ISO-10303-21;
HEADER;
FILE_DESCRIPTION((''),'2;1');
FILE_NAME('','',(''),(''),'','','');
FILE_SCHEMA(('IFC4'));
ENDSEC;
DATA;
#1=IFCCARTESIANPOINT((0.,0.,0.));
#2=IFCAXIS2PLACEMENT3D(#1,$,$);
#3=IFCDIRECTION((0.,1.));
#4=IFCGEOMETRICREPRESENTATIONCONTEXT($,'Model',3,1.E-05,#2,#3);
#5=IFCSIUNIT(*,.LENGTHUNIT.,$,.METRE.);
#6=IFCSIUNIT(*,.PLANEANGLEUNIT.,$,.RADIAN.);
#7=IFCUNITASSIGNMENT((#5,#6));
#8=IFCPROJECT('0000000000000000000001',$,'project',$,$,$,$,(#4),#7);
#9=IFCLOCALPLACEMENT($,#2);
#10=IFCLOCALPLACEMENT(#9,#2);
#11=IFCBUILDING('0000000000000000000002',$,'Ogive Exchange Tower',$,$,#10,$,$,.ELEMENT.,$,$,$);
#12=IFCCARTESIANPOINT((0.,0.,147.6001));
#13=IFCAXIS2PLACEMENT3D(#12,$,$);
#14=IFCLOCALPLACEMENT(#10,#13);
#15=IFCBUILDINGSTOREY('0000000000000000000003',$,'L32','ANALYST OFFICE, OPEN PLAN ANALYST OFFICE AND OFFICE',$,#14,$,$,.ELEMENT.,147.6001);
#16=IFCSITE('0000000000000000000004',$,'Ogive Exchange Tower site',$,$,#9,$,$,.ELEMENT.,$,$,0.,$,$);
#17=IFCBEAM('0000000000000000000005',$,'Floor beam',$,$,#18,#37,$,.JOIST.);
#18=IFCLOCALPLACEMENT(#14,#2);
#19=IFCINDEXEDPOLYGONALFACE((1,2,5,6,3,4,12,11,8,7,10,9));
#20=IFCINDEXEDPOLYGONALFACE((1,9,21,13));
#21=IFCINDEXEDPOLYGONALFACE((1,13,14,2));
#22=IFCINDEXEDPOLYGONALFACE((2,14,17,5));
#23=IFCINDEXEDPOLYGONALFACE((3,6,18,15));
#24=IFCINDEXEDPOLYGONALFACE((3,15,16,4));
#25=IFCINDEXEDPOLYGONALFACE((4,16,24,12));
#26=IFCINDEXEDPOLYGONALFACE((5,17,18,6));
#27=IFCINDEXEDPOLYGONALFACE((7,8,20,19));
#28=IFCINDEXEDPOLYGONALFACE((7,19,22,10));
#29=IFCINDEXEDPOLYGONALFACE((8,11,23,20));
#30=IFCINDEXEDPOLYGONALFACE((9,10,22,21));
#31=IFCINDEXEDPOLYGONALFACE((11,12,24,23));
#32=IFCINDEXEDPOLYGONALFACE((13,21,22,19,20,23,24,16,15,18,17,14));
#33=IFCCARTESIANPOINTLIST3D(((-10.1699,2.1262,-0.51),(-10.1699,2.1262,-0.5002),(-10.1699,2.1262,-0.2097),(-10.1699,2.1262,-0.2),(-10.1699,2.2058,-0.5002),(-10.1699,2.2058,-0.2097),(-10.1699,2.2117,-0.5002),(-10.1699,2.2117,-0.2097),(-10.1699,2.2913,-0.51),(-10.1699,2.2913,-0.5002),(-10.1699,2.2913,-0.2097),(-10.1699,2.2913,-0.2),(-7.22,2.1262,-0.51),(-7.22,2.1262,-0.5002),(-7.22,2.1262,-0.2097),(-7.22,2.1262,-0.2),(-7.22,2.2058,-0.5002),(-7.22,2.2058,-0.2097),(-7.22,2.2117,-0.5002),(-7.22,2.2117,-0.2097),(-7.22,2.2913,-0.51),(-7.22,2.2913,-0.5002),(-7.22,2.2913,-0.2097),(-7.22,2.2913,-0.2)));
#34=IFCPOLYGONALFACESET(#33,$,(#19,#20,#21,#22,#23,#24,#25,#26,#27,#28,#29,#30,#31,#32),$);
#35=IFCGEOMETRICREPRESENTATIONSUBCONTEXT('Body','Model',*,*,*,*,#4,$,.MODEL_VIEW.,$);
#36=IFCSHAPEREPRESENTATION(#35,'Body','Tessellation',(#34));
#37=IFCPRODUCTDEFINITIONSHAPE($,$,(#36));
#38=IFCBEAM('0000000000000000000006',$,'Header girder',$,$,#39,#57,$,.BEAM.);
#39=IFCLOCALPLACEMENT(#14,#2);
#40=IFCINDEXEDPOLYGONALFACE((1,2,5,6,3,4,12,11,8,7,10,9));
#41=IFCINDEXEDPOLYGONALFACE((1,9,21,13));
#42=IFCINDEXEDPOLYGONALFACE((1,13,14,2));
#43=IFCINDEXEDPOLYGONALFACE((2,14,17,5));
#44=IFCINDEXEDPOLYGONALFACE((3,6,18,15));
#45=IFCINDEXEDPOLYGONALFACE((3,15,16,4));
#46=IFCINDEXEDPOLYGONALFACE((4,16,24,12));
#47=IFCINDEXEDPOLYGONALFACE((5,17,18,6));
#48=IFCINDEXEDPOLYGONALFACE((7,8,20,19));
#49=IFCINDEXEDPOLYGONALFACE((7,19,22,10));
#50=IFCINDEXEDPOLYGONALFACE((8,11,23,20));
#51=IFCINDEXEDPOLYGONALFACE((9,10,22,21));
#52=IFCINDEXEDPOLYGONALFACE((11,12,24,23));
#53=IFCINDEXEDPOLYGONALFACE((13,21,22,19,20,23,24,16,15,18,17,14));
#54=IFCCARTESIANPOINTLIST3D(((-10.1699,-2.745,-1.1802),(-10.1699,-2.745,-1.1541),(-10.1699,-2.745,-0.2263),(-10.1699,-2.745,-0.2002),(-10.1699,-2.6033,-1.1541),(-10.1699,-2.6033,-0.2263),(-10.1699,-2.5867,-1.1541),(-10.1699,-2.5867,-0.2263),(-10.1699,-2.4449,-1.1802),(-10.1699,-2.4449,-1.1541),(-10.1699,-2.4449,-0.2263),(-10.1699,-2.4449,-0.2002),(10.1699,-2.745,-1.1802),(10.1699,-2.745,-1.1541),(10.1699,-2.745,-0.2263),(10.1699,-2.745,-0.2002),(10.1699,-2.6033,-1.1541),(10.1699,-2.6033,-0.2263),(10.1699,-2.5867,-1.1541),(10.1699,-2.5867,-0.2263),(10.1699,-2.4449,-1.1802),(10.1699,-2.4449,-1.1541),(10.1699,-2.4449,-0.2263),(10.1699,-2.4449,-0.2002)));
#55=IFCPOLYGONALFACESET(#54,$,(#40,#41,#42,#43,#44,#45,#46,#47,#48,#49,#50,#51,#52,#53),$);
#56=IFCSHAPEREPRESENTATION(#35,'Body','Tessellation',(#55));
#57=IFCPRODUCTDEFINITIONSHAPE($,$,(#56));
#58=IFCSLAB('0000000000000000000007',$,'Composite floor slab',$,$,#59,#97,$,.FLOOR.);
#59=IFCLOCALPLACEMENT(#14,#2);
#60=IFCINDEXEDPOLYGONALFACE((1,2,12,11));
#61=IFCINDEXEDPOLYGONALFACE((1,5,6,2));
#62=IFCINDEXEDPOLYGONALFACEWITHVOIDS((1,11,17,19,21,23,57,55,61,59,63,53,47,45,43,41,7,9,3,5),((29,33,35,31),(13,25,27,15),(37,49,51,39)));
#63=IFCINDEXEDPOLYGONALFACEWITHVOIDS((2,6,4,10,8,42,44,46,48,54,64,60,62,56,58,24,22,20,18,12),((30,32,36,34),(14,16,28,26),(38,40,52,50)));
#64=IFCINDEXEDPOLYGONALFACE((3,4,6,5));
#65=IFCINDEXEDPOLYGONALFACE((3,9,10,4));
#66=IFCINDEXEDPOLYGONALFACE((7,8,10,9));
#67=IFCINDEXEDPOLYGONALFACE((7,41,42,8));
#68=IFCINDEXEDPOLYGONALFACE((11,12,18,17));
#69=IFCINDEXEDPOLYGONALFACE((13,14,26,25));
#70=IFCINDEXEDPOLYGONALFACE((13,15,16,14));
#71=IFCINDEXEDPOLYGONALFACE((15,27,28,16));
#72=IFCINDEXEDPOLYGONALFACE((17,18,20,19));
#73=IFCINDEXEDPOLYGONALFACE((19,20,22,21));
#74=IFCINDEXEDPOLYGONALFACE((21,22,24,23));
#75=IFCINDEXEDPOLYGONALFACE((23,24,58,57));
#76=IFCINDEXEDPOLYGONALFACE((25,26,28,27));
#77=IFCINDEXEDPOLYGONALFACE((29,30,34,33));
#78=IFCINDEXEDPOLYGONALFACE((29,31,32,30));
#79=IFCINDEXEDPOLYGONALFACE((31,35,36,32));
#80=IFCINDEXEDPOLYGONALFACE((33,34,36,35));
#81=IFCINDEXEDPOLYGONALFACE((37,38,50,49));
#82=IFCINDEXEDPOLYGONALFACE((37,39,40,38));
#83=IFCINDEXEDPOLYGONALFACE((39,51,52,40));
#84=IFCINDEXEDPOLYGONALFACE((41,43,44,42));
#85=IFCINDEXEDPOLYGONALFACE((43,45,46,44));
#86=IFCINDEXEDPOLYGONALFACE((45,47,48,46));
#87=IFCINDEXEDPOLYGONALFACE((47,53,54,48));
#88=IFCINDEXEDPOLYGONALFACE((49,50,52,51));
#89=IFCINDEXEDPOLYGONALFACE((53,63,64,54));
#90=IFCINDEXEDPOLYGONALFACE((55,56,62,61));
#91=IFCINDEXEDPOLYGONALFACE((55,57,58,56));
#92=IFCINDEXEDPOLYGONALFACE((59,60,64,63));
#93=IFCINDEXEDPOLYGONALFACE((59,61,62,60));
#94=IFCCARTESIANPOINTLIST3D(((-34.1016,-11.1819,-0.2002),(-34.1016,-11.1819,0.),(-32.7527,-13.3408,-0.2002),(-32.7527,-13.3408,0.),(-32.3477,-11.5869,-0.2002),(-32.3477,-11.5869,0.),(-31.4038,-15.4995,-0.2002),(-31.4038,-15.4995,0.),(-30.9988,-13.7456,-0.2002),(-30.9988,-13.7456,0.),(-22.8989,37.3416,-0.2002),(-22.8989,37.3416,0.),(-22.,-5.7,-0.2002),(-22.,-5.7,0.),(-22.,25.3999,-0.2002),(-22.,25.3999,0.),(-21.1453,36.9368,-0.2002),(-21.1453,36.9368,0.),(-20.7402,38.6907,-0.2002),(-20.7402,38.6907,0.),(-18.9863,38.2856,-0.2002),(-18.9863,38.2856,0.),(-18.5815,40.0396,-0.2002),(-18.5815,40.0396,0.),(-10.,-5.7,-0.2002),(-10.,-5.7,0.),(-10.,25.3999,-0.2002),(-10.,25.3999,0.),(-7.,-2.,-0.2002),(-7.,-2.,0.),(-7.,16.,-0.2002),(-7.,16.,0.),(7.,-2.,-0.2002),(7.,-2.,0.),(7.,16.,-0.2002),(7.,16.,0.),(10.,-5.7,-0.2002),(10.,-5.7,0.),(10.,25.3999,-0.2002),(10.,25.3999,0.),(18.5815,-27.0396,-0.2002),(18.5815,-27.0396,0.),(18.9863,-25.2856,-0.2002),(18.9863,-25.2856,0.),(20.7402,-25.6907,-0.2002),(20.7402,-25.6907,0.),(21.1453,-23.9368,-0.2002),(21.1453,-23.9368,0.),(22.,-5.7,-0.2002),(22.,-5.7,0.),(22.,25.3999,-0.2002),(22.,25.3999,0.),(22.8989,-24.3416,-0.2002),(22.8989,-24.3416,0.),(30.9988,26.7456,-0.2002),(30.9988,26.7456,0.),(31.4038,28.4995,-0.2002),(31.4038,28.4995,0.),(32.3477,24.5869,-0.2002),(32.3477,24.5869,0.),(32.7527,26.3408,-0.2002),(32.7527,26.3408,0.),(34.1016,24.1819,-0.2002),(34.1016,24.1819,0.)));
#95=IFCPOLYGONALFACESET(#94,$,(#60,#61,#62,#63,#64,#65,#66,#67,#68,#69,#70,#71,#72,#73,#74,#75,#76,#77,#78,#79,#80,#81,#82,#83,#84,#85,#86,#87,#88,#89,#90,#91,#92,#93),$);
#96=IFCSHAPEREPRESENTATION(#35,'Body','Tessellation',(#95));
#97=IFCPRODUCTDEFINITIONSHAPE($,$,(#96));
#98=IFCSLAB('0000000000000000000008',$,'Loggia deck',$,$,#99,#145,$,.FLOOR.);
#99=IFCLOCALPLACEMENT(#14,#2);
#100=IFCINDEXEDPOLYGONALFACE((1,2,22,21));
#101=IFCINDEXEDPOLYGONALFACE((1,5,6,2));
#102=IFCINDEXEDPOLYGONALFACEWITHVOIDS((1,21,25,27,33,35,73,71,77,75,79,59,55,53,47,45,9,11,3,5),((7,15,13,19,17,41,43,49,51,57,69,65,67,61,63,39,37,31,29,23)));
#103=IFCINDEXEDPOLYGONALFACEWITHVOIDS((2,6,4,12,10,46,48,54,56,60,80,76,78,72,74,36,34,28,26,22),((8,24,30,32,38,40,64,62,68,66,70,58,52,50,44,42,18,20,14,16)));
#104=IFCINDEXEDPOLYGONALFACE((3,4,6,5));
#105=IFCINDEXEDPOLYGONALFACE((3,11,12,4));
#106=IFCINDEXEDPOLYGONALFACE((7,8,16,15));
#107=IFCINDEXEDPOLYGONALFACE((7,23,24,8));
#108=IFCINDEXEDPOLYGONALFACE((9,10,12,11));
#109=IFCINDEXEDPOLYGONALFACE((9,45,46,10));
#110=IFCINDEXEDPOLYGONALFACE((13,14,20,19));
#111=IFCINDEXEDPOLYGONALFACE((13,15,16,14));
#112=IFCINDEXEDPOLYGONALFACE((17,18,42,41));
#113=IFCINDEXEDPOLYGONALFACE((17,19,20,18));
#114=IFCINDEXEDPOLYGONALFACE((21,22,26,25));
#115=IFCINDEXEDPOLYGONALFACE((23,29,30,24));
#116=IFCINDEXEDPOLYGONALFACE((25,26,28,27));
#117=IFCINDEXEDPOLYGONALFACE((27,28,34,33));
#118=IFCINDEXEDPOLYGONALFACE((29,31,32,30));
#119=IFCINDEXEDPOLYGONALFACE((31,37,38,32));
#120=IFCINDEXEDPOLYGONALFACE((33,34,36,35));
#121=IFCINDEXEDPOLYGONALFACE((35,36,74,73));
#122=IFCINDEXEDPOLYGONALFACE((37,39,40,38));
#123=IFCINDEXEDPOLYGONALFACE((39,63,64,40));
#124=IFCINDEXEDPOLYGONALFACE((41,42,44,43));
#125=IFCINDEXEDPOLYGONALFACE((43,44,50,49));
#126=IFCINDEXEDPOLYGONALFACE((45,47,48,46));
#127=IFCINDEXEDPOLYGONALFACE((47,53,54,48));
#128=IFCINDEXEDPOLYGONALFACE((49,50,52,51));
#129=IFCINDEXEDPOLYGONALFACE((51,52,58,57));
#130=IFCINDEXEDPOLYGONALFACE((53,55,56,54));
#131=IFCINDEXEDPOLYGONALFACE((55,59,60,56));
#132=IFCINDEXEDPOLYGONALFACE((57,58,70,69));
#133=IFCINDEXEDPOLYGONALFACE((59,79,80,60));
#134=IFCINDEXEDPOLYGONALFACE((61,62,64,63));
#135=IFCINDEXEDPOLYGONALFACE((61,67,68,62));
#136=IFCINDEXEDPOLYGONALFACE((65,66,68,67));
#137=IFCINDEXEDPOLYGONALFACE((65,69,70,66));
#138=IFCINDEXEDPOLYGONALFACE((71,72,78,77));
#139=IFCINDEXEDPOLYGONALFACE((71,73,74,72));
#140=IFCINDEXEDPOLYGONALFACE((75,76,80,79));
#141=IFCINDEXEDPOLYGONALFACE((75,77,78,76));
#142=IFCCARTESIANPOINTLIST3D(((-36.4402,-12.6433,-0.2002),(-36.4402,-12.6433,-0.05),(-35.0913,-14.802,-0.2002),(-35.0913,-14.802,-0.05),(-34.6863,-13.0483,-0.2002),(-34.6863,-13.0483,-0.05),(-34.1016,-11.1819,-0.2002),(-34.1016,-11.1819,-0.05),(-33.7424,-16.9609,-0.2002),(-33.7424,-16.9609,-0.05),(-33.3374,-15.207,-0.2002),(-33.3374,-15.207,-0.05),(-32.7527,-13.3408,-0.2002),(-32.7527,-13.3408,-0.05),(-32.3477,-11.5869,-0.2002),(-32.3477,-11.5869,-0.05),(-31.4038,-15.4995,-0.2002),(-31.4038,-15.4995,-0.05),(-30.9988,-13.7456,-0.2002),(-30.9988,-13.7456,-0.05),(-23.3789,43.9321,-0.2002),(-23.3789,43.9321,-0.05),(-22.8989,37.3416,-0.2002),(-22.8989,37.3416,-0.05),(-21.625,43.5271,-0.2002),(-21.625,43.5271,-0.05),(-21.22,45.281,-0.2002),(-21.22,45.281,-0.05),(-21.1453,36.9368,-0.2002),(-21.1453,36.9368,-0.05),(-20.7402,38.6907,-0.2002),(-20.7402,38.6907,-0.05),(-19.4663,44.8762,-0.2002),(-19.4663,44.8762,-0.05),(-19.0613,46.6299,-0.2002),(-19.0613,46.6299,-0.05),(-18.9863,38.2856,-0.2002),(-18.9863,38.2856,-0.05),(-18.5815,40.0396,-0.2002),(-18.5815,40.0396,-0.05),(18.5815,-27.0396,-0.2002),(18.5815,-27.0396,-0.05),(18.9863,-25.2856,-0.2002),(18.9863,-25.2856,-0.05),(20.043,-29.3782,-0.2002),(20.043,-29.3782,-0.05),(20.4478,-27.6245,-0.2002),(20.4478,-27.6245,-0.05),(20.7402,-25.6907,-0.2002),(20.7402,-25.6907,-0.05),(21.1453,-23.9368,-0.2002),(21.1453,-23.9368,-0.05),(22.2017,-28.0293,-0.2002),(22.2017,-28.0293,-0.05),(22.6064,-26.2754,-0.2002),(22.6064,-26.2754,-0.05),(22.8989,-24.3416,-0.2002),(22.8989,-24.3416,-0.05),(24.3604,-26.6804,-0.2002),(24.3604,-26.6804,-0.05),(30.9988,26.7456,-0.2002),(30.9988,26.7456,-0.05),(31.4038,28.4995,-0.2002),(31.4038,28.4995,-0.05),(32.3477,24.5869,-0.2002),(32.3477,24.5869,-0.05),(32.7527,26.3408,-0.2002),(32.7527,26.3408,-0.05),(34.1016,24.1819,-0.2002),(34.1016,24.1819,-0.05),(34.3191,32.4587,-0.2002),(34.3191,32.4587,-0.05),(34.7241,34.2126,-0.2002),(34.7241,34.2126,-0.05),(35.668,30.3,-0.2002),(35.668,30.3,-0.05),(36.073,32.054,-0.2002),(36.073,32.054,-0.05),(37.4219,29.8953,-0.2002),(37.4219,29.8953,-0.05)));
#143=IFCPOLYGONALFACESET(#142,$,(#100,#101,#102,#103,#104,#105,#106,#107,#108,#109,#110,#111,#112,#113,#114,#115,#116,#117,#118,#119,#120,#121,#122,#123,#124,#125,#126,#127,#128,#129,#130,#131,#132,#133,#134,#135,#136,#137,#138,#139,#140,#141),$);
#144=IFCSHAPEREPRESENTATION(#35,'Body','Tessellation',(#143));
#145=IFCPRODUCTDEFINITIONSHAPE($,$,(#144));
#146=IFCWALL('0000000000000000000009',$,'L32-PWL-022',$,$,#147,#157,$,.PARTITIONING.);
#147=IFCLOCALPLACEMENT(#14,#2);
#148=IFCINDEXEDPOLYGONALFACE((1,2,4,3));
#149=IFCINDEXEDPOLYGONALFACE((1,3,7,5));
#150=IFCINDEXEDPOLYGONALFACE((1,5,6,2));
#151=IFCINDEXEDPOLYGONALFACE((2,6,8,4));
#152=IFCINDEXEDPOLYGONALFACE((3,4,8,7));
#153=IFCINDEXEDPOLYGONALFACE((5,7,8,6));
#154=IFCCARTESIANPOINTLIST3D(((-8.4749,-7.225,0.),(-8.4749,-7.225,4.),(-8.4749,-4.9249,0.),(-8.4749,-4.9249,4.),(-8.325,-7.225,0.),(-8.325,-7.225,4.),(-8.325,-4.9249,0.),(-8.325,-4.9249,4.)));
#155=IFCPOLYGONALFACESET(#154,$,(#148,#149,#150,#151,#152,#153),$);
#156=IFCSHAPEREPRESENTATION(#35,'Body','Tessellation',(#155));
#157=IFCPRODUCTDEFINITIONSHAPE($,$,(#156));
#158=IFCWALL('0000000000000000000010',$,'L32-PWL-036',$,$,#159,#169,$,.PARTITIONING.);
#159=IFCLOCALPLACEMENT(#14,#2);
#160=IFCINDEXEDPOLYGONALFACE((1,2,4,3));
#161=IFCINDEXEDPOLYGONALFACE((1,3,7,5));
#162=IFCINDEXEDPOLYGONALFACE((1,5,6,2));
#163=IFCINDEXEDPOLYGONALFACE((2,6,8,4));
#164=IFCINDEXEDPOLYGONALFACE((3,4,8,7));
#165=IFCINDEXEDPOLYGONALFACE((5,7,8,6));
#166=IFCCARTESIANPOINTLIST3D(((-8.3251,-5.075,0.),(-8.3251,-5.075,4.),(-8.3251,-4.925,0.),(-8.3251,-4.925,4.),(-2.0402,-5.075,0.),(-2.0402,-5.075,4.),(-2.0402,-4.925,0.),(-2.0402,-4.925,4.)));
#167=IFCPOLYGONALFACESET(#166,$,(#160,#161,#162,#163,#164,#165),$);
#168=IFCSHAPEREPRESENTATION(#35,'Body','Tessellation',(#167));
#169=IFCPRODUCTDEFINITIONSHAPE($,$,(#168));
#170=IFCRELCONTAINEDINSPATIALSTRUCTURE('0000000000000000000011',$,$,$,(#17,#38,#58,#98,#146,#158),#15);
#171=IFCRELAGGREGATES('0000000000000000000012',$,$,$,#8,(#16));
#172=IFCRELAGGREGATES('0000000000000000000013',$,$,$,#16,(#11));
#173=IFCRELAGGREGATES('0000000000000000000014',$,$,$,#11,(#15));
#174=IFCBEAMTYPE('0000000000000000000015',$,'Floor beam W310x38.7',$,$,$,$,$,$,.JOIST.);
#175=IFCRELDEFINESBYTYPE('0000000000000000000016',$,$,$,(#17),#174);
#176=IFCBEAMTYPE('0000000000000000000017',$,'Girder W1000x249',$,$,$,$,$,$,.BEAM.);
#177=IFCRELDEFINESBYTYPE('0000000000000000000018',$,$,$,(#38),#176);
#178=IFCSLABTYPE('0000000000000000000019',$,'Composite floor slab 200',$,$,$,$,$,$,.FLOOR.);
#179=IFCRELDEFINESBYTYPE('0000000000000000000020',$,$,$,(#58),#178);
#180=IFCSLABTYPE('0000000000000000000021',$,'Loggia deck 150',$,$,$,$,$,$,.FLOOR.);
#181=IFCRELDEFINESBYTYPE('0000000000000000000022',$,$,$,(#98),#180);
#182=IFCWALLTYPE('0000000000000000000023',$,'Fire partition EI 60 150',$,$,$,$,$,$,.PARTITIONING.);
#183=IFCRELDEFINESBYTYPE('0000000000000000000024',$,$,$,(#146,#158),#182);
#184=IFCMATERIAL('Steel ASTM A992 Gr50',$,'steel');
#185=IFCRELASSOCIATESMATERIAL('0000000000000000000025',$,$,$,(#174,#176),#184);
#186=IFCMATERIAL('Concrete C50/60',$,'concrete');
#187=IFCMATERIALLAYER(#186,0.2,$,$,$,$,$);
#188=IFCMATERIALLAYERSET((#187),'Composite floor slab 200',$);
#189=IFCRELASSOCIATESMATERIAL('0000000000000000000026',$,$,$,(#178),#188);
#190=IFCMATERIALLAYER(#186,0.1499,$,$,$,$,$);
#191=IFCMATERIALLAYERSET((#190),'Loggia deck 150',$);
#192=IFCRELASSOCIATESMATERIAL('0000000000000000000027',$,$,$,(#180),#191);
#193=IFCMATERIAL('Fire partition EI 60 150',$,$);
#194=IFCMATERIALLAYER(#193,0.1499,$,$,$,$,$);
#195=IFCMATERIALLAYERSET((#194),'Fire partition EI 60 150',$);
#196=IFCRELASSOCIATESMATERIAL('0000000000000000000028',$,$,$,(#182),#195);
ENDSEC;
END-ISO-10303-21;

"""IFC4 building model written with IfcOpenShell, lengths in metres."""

from ifc_helpers import new_model, si_unit, direction, frame, frame_2d, origin, origin_2d, place, context, subcontext, project, spatial, polyline, rectangle, i_section, outline, extrude, material, layer, layer_set, material_profile, profile_set, type_object, element, save


model = new_model("IFC4")

# Units and contexts
model_context = context("Model", 3, precision=1e-05, world=origin(), true_north=direction((0.0, 1.0)))
body_context = subcontext(model_context, "Body", "Model", "MODEL_VIEW")
ifc_project = project(units=[si_unit("LENGTHUNIT", "METRE"), si_unit("PLANEANGLEUNIT", "RADIAN")], contexts=[model_context])

# Site, building, storey
site_placement = place(None, origin())
site = spatial("IfcSite", under=ifc_project, at=site_placement, Name="Ogive Exchange Tower site", CompositionType="ELEMENT", RefElevation=0.0)
building_placement = place(site_placement, origin())
building = spatial("IfcBuilding", under=site, at=building_placement, Name="Ogive Exchange Tower", CompositionType="ELEMENT")
storey_placement = place(building_placement, frame((0.0, 0.0, 147.6001)))
storey = spatial("IfcBuildingStorey", under=building, at=storey_placement, Name="L32", Description="ANALYST OFFICE, OPEN PLAN ANALYST OFFICE AND OFFICE", CompositionType="ELEMENT", Elevation=147.6001)

# Beams
ifc_material_1 = material(Name="Steel ASTM A992 Gr50", Category="steel")
ifc_material_profile_1 = material_profile(ifc_material_1, i_section(OverallWidth=0.165, OverallDepth=0.3101, WebThickness=0.0059, FlangeThickness=0.0098, at=origin_2d()), Name="W310x38.7")
ifc_profile_set_1 = profile_set([ifc_material_profile_1], Name="Steel ASTM A992 Gr50")
beam_type_1 = type_object("IfcBeamType", Name="Floor beam W310x38.7", PredefinedType="JOIST", material=ifc_profile_set_1)
beam_1_placement = place(storey_placement, frame((-10.1699, 2.2087, -0.355), z_axis=(1.0, 0.0, 0.0), x_axis=(0.0, 1.0, 0.0)))
element("IfcBeam", 1, at=beam_1_placement, inside=storey, type_object=beam_type_1, Name="Floor beam", PredefinedType="JOIST", context=body_context, shape_type="SweptSolid", body=[
    extrude(i_section(OverallWidth=0.165, OverallDepth=0.3101, WebThickness=0.0059, FlangeThickness=0.0098, at=origin_2d()), origin(), (0.0, 0.0, 1.0), 2.95),
])
ifc_material_profile_2 = material_profile(ifc_material_1, i_section(OverallWidth=0.3, OverallDepth=0.98, WebThickness=0.0166, FlangeThickness=0.0261, at=origin_2d()), Name="W1000x249")
ifc_profile_set_2 = profile_set([ifc_material_profile_2], Name="Steel ASTM A992 Gr50")
beam_type_2 = type_object("IfcBeamType", Name="Girder W1000x249", PredefinedType="BEAM", material=ifc_profile_set_2)
beam_2_placement = place(storey_placement, frame((-10.1699, -2.595, -0.6902), z_axis=(1.0, 0.0, 0.0), x_axis=(0.0, 1.0, 0.0)))
element("IfcBeam", 2, at=beam_2_placement, inside=storey, type_object=beam_type_2, Name="Header girder", PredefinedType="BEAM", context=body_context, shape_type="SweptSolid", body=[
    extrude(i_section(OverallWidth=0.3, OverallDepth=0.98, WebThickness=0.0166, FlangeThickness=0.0261, at=origin_2d()), origin(), (0.0, 0.0, 1.0), 20.3398),
])

# Slabs
ifc_material_2 = material(Name="Concrete C50/60", Category="concrete")
ifc_layer_1 = layer(ifc_material_2, 0.2)
ifc_layer_set_1 = layer_set([ifc_layer_1], Name="Composite floor slab 200")
slab_type_1 = type_object("IfcSlabType", Name="Composite floor slab 200", PredefinedType="FLOOR", material=ifc_layer_set_1)
slab_1_placement = place(storey_placement, frame((0.0, 0.0, -0.2002)))
element("IfcSlab", 3, at=slab_1_placement, inside=storey, type_object=slab_type_1, Name="Composite floor slab", PredefinedType="FLOOR", context=body_context, shape_type="SweptSolid", body=[
    extrude(outline(polyline([(-30.9988, -13.7456), (-32.7527, -13.3408), (-32.3477, -11.5869), (-34.1016, -11.1819), (-22.8989, 37.3416), (-21.1453, 36.9368), (-20.7402, 38.6907), (-18.9863, 38.2856), (-18.5815, 40.0396), (31.4038, 28.4995), (30.9988, 26.7456), (32.7527, 26.3408), (32.3477, 24.5869), (34.1016, 24.1819), (22.8989, -24.3416), (21.1453, -23.9368), (20.7402, -25.6907), (18.9863, -25.2856), (18.5815, -27.0396), (-31.4038, -15.4995), (-30.9988, -13.7456)]), holes=[polyline([(7.0, -2.0), (7.0, 16.0), (-7.0, 16.0), (-7.0, -2.0), (7.0, -2.0)]), polyline([(-22.0, -5.7), (-10.0, -5.7), (-10.0, 25.3999), (-22.0, 25.3999), (-22.0, -5.7)]), polyline([(10.0, -5.7), (22.0, -5.7), (22.0, 25.3999), (10.0, 25.3999), (10.0, -5.7)])]), origin(), (0.0, 0.0, 1.0), 0.2002),
])
ifc_layer_2 = layer(ifc_material_2, 0.1499)
ifc_layer_set_2 = layer_set([ifc_layer_2], Name="Loggia deck 150")
slab_type_2 = type_object("IfcSlabType", Name="Loggia deck 150", PredefinedType="FLOOR", material=ifc_layer_set_2)
slab_2_placement = place(storey_placement, frame((0.0, 0.0, -0.2002)))
element("IfcSlab", 4, at=slab_2_placement, inside=storey, type_object=slab_type_2, Name="Loggia deck", PredefinedType="FLOOR", context=body_context, shape_type="SweptSolid", body=[
    extrude(outline(polyline([(-33.3374, -15.207), (-35.0913, -14.802), (-34.6863, -13.0483), (-36.4402, -12.6433), (-23.3789, 43.9321), (-21.625, 43.5271), (-21.22, 45.281), (-19.4663, 44.8762), (-19.0613, 46.6299), (34.7241, 34.2126), (34.3191, 32.4587), (36.073, 32.054), (35.668, 30.3), (37.4219, 29.8953), (24.3604, -26.6804), (22.6064, -26.2754), (22.2017, -28.0293), (20.4478, -27.6245), (20.043, -29.3782), (-33.7424, -16.9609), (-33.3374, -15.207)]), holes=[polyline([(18.9863, -25.2856), (20.7402, -25.6907), (21.1453, -23.9368), (22.8989, -24.3416), (34.1016, 24.1819), (32.3477, 24.5869), (32.7527, 26.3408), (30.9988, 26.7456), (31.4038, 28.4995), (-18.5815, 40.0396), (-18.9863, 38.2856), (-20.7402, 38.6907), (-21.1453, 36.9368), (-22.8989, 37.3416), (-34.1016, -11.1819), (-32.3477, -11.5869), (-32.7527, -13.3408), (-30.9988, -13.7456), (-31.4038, -15.4995), (18.5815, -27.0396), (18.9863, -25.2856)])]), origin(), (0.0, 0.0, 1.0), 0.1501),
])

# Walls
ifc_material_3 = material(Name="Fire partition EI 60 150")
ifc_layer_3 = layer(ifc_material_3, 0.1499)
ifc_layer_set_3 = layer_set([ifc_layer_3], Name="Fire partition EI 60 150")
wall_type_1 = type_object("IfcWallType", Name="Fire partition EI 60 150", PredefinedType="PARTITIONING", material=ifc_layer_set_3)
wall_1_placement = place(storey_placement, frame((-8.3999, -4.925, 0.0), z_axis=(0.0, 0.0, 1.0), x_axis=(0.0, -1.0, 0.0)))
element("IfcWall", 5, at=wall_1_placement, inside=storey, type_object=wall_type_1, Name="L32-PWL-022", PredefinedType="PARTITIONING", context=body_context, shape_type="SweptSolid", body=[
    extrude(rectangle(XDim=2.3, YDim=0.1499, at=frame_2d((1.1499, 0.0))), origin(), (0.0, 0.0, 1.0), 4.0),
])
wall_2_placement = place(storey_placement, frame((-2.04, -5.0, 0.0), z_axis=(0.0, 0.0, 1.0), x_axis=(-1.0, 0.0, 0.0)))
element("IfcWall", 6, at=wall_2_placement, inside=storey, type_object=wall_type_1, Name="L32-PWL-036", PredefinedType="PARTITIONING", context=body_context, shape_type="SweptSolid", body=[
    extrude(rectangle(XDim=6.2849, YDim=0.1499, at=frame_2d((3.1426, 0.0))), origin(), (0.0, 0.0, 1.0), 4.0),
])

save(model, "model.ifc")
